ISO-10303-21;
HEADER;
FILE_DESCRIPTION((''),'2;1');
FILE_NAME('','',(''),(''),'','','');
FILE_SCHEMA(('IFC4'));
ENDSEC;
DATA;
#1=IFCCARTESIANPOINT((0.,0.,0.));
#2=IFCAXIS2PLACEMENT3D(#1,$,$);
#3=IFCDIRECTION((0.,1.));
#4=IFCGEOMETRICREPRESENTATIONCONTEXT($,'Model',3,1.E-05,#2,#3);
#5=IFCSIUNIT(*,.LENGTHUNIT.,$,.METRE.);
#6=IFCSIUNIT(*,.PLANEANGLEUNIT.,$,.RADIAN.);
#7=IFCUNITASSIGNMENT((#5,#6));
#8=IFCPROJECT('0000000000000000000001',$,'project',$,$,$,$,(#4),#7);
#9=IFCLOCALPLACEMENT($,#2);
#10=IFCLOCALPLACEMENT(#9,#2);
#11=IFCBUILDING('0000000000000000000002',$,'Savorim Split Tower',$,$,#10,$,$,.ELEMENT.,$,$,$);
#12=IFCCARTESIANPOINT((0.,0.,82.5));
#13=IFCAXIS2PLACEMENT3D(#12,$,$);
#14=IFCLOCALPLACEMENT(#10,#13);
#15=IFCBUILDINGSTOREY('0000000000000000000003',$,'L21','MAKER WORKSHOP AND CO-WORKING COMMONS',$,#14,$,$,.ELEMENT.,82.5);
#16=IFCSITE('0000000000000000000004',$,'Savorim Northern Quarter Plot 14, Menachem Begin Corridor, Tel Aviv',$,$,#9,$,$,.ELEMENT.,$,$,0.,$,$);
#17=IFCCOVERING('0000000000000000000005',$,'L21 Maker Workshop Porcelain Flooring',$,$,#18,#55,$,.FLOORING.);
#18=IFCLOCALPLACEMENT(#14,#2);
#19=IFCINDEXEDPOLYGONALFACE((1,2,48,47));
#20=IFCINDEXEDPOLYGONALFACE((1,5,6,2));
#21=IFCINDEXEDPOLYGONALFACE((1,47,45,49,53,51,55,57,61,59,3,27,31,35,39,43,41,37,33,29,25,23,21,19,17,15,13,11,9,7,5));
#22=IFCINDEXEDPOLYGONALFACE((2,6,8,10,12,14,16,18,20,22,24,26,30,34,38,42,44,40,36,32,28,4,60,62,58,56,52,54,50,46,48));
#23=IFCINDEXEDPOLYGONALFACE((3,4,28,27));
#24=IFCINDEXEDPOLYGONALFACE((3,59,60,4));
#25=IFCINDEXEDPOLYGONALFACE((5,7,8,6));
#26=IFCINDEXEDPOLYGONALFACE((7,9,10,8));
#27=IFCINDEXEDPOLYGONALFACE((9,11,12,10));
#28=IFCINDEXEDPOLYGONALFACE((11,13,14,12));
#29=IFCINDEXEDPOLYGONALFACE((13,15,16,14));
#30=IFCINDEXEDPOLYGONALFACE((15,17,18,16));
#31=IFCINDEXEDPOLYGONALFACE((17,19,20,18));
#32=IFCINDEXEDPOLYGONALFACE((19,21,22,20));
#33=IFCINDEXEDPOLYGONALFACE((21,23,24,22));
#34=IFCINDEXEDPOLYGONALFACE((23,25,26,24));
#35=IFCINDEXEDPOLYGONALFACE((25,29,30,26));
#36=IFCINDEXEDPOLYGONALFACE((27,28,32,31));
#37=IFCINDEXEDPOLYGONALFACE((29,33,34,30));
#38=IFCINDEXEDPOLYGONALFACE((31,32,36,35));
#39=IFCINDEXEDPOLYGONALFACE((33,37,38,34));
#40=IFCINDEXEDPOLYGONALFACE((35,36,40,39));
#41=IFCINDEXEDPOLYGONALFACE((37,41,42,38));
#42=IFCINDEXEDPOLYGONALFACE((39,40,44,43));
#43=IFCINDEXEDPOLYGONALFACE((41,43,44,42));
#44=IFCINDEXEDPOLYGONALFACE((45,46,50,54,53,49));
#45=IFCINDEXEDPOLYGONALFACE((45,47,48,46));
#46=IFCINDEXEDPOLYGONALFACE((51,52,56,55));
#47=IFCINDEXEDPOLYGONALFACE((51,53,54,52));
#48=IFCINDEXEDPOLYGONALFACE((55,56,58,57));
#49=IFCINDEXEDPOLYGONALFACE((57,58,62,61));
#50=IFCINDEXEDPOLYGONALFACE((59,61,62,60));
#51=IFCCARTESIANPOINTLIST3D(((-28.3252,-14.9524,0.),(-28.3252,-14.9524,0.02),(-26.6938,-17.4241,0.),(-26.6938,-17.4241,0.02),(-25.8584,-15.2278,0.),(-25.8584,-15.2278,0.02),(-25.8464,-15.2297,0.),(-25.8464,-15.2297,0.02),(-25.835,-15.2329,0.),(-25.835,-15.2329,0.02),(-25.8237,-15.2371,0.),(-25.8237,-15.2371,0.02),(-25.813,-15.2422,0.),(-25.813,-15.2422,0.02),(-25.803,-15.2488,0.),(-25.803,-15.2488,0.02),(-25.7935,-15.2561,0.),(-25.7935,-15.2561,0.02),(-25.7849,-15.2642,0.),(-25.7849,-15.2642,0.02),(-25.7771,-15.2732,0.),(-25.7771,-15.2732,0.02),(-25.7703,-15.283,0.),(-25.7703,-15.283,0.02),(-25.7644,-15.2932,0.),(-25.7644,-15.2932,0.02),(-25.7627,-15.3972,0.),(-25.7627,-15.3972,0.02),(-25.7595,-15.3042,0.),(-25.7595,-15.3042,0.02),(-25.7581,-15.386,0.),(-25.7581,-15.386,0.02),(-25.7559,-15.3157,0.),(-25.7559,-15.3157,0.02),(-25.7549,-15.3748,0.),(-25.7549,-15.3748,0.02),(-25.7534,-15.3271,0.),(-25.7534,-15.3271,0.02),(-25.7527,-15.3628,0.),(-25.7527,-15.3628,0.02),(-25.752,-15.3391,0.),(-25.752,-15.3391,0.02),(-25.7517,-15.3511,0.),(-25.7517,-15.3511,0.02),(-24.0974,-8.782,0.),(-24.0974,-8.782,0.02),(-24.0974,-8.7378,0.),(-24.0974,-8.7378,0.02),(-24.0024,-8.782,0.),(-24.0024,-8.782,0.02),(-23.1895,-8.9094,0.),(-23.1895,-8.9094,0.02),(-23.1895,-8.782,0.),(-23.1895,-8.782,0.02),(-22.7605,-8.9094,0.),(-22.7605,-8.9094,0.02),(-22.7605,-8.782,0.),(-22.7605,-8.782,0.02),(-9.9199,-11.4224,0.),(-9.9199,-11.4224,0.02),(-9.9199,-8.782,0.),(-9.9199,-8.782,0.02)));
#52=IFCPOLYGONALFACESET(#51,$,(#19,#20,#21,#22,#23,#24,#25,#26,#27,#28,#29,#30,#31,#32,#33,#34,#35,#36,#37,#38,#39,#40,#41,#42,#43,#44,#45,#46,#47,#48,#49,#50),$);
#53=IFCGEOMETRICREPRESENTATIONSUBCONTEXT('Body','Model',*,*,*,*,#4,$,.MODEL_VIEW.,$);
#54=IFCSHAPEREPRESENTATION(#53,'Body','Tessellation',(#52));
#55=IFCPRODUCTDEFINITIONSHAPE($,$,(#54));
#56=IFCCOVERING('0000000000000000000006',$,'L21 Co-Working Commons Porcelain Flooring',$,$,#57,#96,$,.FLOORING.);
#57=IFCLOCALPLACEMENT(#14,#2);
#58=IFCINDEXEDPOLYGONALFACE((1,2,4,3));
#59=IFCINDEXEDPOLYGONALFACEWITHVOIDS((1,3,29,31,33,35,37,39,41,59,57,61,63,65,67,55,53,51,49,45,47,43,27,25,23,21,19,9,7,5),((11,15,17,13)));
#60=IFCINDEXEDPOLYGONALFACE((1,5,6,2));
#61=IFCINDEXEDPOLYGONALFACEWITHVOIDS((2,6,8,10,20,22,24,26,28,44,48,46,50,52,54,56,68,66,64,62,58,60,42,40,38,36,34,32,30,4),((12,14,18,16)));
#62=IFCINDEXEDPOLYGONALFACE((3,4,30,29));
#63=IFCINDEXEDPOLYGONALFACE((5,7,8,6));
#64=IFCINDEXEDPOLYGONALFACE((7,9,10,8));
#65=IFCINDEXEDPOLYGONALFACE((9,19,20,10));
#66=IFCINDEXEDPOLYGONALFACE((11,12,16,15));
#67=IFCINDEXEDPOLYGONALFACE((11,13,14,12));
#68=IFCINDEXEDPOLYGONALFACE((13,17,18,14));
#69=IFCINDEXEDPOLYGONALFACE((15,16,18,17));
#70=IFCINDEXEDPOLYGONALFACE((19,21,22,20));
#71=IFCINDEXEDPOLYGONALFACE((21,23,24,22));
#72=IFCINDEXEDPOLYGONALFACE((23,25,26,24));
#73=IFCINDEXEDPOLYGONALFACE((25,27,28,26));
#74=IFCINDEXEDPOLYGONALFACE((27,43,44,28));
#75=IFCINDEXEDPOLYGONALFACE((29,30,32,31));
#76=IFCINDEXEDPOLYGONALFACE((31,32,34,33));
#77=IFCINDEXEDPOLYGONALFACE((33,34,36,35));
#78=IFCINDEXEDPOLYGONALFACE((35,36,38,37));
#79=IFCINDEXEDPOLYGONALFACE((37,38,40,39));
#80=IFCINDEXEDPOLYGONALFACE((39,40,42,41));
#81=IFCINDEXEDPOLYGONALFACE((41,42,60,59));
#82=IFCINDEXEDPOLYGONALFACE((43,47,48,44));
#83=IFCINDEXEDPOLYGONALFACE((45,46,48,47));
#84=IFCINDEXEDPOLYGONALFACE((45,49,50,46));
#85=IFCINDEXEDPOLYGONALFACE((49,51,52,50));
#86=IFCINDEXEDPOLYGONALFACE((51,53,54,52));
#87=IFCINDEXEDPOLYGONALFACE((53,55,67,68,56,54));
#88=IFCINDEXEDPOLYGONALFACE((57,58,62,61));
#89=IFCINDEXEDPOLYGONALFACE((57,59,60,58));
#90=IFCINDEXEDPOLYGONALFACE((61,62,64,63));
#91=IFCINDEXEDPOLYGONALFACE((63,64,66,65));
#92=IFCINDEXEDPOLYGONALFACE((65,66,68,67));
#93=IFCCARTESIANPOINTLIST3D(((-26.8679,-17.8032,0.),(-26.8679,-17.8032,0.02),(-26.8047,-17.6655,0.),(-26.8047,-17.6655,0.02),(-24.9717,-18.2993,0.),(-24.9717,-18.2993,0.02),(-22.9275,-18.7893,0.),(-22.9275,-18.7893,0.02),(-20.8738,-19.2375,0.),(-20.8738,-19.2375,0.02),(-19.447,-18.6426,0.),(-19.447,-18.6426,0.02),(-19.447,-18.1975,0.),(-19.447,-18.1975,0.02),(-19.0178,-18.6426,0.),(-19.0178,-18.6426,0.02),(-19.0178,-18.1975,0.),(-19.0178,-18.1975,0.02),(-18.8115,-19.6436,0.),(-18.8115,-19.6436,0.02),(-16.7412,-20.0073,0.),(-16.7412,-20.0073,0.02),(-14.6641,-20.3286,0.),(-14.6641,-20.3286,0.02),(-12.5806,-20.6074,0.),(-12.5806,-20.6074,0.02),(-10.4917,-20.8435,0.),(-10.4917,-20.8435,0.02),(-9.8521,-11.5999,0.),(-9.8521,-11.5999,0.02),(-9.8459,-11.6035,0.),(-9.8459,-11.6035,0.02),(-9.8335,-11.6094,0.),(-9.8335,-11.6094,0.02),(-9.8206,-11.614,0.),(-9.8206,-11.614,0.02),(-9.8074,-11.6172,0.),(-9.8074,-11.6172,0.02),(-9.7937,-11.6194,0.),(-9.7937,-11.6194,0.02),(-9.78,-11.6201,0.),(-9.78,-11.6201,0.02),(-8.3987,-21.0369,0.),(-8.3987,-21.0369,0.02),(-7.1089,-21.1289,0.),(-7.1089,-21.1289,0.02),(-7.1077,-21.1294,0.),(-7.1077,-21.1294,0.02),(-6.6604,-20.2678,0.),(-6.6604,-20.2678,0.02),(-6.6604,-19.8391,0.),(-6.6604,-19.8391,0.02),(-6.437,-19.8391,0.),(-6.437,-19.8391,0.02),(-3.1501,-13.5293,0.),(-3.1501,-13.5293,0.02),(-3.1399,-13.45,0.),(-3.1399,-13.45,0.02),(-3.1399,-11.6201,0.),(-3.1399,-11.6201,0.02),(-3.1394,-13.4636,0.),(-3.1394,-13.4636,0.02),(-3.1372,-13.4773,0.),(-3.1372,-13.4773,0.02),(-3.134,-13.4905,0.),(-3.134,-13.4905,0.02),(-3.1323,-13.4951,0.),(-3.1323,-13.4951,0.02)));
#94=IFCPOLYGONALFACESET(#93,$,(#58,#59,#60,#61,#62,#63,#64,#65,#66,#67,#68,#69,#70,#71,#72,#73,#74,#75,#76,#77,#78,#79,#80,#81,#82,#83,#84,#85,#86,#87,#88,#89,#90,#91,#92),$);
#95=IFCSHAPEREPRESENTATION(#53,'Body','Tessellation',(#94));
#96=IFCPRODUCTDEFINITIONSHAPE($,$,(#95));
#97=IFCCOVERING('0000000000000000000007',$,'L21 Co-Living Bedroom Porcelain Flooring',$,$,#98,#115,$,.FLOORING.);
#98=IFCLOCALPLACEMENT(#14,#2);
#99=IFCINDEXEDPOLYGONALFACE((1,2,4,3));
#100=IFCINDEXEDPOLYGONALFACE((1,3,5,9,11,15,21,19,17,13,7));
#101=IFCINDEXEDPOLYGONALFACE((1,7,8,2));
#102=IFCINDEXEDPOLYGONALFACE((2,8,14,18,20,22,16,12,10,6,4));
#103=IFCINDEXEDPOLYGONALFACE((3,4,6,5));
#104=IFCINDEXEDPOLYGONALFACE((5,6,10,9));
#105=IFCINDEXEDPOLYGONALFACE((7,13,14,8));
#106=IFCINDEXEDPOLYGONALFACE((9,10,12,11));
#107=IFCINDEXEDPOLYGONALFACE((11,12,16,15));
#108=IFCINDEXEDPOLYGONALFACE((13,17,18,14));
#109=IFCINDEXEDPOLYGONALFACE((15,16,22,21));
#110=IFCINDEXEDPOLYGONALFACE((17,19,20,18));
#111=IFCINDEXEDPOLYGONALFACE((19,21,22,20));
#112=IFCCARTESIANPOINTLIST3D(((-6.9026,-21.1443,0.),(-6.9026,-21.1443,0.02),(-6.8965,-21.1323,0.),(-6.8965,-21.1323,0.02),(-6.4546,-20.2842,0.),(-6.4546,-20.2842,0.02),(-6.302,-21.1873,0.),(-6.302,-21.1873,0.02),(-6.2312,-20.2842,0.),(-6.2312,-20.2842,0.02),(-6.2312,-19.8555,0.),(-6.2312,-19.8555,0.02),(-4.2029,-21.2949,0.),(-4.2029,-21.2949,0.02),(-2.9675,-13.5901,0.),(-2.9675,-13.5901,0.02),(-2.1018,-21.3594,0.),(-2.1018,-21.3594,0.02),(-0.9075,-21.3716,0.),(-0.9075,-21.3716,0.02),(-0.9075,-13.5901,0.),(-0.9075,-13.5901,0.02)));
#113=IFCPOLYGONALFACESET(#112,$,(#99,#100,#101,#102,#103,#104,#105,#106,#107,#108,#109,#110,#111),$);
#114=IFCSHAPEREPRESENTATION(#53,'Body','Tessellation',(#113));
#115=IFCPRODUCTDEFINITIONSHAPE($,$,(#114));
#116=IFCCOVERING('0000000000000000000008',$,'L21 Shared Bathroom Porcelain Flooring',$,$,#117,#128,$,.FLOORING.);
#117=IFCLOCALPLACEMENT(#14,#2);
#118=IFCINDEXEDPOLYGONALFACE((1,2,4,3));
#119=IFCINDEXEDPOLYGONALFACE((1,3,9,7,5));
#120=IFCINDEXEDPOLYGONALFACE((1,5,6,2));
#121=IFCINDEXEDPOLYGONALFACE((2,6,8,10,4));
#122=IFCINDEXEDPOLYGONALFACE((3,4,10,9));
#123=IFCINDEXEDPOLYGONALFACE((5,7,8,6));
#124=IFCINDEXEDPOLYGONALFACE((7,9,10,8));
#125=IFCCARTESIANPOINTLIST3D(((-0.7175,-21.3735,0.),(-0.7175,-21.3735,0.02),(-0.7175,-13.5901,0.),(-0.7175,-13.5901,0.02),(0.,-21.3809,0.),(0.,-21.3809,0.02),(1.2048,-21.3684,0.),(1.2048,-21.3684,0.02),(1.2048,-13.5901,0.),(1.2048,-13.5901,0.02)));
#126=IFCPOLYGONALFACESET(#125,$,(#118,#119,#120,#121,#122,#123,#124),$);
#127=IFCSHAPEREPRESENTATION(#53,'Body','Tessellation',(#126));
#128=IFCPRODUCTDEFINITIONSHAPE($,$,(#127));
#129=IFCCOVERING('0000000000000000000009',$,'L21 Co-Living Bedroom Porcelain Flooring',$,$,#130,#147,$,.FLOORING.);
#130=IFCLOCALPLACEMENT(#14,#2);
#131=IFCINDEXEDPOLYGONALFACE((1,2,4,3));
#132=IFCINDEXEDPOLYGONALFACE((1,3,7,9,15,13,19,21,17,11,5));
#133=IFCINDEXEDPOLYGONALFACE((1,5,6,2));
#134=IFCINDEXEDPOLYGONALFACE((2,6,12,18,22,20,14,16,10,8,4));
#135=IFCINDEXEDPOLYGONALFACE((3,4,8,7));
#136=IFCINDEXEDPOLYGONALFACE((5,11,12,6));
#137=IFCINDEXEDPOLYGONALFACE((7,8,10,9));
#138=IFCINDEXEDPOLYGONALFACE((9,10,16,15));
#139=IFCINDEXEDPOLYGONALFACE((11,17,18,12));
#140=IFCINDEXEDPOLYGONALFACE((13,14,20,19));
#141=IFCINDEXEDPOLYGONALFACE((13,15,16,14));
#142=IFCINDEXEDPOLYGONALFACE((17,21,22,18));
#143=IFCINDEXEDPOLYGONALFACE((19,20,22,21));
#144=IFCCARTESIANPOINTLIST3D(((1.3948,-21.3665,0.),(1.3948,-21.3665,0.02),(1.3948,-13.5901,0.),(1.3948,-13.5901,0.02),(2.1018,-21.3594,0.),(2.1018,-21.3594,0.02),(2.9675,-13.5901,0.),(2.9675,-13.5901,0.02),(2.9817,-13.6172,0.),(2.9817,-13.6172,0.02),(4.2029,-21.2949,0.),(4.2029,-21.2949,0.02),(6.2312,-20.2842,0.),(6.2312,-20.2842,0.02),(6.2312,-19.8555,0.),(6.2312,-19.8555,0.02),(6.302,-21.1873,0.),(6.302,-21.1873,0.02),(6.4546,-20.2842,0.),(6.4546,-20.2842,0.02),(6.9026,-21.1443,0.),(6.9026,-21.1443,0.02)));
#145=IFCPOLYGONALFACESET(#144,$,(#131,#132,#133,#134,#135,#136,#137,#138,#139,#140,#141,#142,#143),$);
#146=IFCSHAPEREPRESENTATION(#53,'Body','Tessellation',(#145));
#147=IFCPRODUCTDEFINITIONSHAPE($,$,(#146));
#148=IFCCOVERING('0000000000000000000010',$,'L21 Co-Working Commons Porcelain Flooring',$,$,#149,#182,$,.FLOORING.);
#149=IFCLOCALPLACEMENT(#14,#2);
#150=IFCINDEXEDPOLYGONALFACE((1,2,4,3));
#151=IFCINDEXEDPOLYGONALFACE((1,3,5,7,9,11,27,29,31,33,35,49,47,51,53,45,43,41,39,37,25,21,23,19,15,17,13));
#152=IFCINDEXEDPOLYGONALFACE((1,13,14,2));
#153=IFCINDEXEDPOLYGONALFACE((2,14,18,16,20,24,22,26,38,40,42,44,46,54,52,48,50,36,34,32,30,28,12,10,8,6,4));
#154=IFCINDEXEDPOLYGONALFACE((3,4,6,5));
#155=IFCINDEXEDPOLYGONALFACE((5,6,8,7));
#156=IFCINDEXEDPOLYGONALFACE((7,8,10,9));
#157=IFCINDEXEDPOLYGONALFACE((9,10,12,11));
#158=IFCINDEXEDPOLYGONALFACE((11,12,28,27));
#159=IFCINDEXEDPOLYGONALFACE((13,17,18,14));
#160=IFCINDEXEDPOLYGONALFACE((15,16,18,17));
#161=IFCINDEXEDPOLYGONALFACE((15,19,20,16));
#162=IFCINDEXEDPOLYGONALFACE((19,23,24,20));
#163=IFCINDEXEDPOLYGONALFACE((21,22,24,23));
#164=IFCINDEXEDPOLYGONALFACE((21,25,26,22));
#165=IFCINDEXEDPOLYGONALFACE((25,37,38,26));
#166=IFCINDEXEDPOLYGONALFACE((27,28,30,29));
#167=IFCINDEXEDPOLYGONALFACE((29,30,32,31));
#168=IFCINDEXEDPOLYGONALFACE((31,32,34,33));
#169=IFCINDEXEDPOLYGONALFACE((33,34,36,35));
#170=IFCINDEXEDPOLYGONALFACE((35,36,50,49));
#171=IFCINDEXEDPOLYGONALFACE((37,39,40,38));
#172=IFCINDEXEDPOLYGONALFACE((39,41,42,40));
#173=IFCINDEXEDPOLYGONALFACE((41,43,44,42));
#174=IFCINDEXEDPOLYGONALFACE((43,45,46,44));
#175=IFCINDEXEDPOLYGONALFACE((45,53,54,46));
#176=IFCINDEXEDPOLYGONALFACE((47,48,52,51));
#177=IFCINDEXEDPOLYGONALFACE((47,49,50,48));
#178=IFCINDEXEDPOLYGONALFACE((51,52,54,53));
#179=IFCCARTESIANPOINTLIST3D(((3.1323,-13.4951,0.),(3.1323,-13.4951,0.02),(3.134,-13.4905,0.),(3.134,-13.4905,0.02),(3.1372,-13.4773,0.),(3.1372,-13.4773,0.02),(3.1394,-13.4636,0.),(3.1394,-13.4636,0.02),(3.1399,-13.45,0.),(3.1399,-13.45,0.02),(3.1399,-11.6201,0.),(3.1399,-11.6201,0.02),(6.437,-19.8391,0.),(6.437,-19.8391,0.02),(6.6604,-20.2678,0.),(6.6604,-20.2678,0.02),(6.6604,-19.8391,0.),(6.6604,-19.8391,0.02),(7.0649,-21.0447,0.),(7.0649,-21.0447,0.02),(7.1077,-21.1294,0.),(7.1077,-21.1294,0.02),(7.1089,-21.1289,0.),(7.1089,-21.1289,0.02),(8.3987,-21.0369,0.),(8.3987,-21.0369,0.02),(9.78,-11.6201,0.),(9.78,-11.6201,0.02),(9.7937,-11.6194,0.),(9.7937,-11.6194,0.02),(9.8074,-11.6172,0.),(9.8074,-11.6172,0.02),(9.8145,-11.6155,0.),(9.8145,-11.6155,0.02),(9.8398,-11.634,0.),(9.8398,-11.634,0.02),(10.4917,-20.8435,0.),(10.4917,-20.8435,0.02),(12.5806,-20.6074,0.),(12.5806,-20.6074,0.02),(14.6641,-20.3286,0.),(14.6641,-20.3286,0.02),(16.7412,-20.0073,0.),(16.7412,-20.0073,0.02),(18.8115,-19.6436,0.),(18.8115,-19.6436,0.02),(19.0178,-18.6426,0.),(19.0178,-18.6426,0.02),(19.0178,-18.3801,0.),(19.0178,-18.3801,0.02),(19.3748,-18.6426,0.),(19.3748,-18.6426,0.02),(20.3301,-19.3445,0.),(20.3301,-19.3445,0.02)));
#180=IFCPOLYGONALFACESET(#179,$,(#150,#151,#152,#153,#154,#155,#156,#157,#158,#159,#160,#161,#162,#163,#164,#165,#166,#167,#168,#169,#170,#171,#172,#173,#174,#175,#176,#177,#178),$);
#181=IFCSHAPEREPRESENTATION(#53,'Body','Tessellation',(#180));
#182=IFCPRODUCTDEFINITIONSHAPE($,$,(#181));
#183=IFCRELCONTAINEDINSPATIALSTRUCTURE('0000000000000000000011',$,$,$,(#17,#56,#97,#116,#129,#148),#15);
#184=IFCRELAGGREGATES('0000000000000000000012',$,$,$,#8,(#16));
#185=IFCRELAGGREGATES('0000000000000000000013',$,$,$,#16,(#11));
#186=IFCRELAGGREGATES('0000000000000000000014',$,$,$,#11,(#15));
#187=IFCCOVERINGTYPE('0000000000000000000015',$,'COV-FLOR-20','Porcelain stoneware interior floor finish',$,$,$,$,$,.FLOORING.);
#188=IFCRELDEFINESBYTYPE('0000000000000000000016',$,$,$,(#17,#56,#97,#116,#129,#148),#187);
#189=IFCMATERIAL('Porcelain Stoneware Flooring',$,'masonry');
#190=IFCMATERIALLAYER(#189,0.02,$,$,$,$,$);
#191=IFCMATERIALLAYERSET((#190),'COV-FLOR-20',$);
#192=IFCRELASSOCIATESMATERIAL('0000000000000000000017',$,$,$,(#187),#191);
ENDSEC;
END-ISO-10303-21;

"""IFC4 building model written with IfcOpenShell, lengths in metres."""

from ifc_helpers import new_model, si_unit, direction, frame, origin, place, context, subcontext, project, spatial, polyline, outline, extrude, material, layer, layer_set, type_object, element, save


model = new_model("IFC4")

# Units and contexts
model_context = context("Model", 3, precision=1e-05, world=origin(), true_north=direction((0.0, 1.0)))
body_context = subcontext(model_context, "Body", "Model", "MODEL_VIEW")
ifc_project = project(units=[si_unit("LENGTHUNIT", "METRE"), si_unit("PLANEANGLEUNIT", "RADIAN")], contexts=[model_context])

# Site, building, storey
site_placement = place(None, origin())
site = spatial("IfcSite", under=ifc_project, at=site_placement, Name="Savorim Northern Quarter Plot 14, Menachem Begin Corridor, Tel Aviv", CompositionType="ELEMENT", RefElevation=0.0)
building_placement = place(site_placement, origin())
building = spatial("IfcBuilding", under=site, at=building_placement, Name="Savorim Split Tower", CompositionType="ELEMENT")
storey_placement = place(building_placement, frame((0.0, 0.0, 82.5)))
storey = spatial("IfcBuildingStorey", under=building, at=storey_placement, Name="L21", Description="MAKER WORKSHOP AND CO-WORKING COMMONS", CompositionType="ELEMENT", Elevation=82.5)

# Coverings
ifc_material_1 = material(Name="Porcelain Stoneware Flooring", Category="masonry")
ifc_layer_1 = layer(ifc_material_1, 0.02)
ifc_layer_set_1 = layer_set([ifc_layer_1], Name="COV-FLOR-20")
covering_type_1 = type_object("IfcCoveringType", Name="COV-FLOR-20", Description="Porcelain stoneware interior floor finish", PredefinedType="FLOORING", material=ifc_layer_set_1)
covering_1_placement = place(storey_placement, origin())
element("IfcCovering", 1, at=covering_1_placement, inside=storey, type_object=covering_type_1, Name="L21 Maker Workshop Porcelain Flooring", PredefinedType="FLOORING", context=body_context, shape_type="SweptSolid", body=[
    extrude(outline(polyline([(-25.7517, -15.3511), (-25.7527, -15.3628), (-25.7549, -15.3748), (-25.7581, -15.386), (-25.7627, -15.3972), (-26.6938, -17.4241), (-9.9199, -11.4224), (-9.9199, -8.782), (-22.7605, -8.782), (-22.7605, -8.9094), (-23.1895, -8.9094), (-23.1895, -8.782), (-24.0024, -8.782), (-24.0974, -8.782), (-24.0974, -8.7378), (-28.3252, -14.9524), (-25.8584, -15.2278), (-25.8464, -15.2297), (-25.835, -15.2329), (-25.8237, -15.2371), (-25.813, -15.2422), (-25.803, -15.2488), (-25.7935, -15.2561), (-25.7849, -15.2642), (-25.7771, -15.2732), (-25.7703, -15.283), (-25.7644, -15.2932), (-25.7595, -15.3042), (-25.7559, -15.3157), (-25.7534, -15.3271), (-25.752, -15.3391), (-25.7517, -15.3511)])), origin(), (0.0, 0.0, 1.0), 0.02),
])
covering_2_placement = place(storey_placement, origin())
element("IfcCovering", 2, at=covering_2_placement, inside=storey, type_object=covering_type_1, Name="L21 Co-Working Commons Porcelain Flooring", PredefinedType="FLOORING", context=body_context, shape_type="SweptSolid", body=[
    extrude(outline(polyline([(-9.8206, -11.614), (-9.8335, -11.6094), (-9.8459, -11.6035), (-9.8521, -11.5999), (-26.8047, -17.6655), (-26.8679, -17.8032), (-24.9717, -18.2993), (-22.9275, -18.7893), (-20.8738, -19.2375), (-18.8115, -19.6436), (-16.7412, -20.0073), (-14.6641, -20.3286), (-12.5806, -20.6074), (-10.4917, -20.8435), (-8.3987, -21.0369), (-7.1077, -21.1294), (-7.1089, -21.1289), (-6.6604, -20.2678), (-6.6604, -19.8391), (-6.437, -19.8391), (-3.1501, -13.5293), (-3.1323, -13.4951), (-3.134, -13.4905), (-3.1372, -13.4773), (-3.1394, -13.4636), (-3.1399, -13.45), (-3.1399, -11.6201), (-9.78, -11.6201), (-9.7937, -11.6194), (-9.8074, -11.6172), (-9.8206, -11.614)]), holes=[polyline([(-19.447, -18.6426), (-19.0178, -18.6426), (-19.0178, -18.1975), (-19.447, -18.1975), (-19.447, -18.6426)])]), origin(), (0.0, 0.0, 1.0), 0.02),
])
covering_3_placement = place(storey_placement, origin())
element("IfcCovering", 3, at=covering_3_placement, inside=storey, type_object=covering_type_1, Name="L21 Co-Living Bedroom Porcelain Flooring", PredefinedType="FLOORING", context=body_context, shape_type="SweptSolid", body=[
    extrude(outline(polyline([(-6.302, -21.1873), (-4.2029, -21.2949), (-2.1018, -21.3594), (-0.9075, -21.3716), (-0.9075, -13.5901), (-2.9675, -13.5901), (-6.2312, -19.8555), (-6.2312, -20.2842), (-6.4546, -20.2842), (-6.8965, -21.1323), (-6.9026, -21.1443), (-6.302, -21.1873)])), origin(), (0.0, 0.0, 1.0), 0.02),
])
covering_4_placement = place(storey_placement, origin())
element("IfcCovering", 4, at=covering_4_placement, inside=storey, type_object=covering_type_1, Name="L21 Shared Bathroom Porcelain Flooring", PredefinedType="FLOORING", context=body_context, shape_type="SweptSolid", body=[
    extrude(outline(polyline([(-0.7175, -13.5901), (-0.7175, -21.3735), (0.0, -21.3809), (1.2048, -21.3684), (1.2048, -13.5901), (-0.7175, -13.5901)])), origin(), (0.0, 0.0, 1.0), 0.02),
])
covering_5_placement = place(storey_placement, origin())
element("IfcCovering", 5, at=covering_5_placement, inside=storey, type_object=covering_type_1, Name="L21 Co-Living Bedroom Porcelain Flooring", PredefinedType="FLOORING", context=body_context, shape_type="SweptSolid", body=[
    extrude(outline(polyline([(1.3948, -21.3665), (2.1018, -21.3594), (4.2029, -21.2949), (6.302, -21.1873), (6.9026, -21.1443), (6.4546, -20.2842), (6.2312, -20.2842), (6.2312, -19.8555), (2.9817, -13.6172), (2.9675, -13.5901), (1.3948, -13.5901), (1.3948, -21.3665)])), origin(), (0.0, 0.0, 1.0), 0.02),
])
covering_6_placement = place(storey_placement, origin())
element("IfcCovering", 6, at=covering_6_placement, inside=storey, type_object=covering_type_1, Name="L21 Co-Working Commons Porcelain Flooring", PredefinedType="FLOORING", context=body_context, shape_type="SweptSolid", body=[
    extrude(outline(polyline([(12.5806, -20.6074), (14.6641, -20.3286), (16.7412, -20.0073), (18.8115, -19.6436), (20.3301, -19.3445), (19.3748, -18.6426), (19.0178, -18.6426), (19.0178, -18.3801), (9.8398, -11.634), (9.8145, -11.6155), (9.8074, -11.6172), (9.7937, -11.6194), (9.78, -11.6201), (3.1399, -11.6201), (3.1399, -13.45), (3.1394, -13.4636), (3.1372, -13.4773), (3.134, -13.4905), (3.1323, -13.4951), (6.437, -19.8391), (6.6604, -19.8391), (6.6604, -20.2678), (7.0649, -21.0447), (7.1089, -21.1289), (7.1077, -21.1294), (8.3987, -21.0369), (10.4917, -20.8435), (12.5806, -20.6074)])), origin(), (0.0, 0.0, 1.0), 0.02),
])

save(model, "model.ifc")
